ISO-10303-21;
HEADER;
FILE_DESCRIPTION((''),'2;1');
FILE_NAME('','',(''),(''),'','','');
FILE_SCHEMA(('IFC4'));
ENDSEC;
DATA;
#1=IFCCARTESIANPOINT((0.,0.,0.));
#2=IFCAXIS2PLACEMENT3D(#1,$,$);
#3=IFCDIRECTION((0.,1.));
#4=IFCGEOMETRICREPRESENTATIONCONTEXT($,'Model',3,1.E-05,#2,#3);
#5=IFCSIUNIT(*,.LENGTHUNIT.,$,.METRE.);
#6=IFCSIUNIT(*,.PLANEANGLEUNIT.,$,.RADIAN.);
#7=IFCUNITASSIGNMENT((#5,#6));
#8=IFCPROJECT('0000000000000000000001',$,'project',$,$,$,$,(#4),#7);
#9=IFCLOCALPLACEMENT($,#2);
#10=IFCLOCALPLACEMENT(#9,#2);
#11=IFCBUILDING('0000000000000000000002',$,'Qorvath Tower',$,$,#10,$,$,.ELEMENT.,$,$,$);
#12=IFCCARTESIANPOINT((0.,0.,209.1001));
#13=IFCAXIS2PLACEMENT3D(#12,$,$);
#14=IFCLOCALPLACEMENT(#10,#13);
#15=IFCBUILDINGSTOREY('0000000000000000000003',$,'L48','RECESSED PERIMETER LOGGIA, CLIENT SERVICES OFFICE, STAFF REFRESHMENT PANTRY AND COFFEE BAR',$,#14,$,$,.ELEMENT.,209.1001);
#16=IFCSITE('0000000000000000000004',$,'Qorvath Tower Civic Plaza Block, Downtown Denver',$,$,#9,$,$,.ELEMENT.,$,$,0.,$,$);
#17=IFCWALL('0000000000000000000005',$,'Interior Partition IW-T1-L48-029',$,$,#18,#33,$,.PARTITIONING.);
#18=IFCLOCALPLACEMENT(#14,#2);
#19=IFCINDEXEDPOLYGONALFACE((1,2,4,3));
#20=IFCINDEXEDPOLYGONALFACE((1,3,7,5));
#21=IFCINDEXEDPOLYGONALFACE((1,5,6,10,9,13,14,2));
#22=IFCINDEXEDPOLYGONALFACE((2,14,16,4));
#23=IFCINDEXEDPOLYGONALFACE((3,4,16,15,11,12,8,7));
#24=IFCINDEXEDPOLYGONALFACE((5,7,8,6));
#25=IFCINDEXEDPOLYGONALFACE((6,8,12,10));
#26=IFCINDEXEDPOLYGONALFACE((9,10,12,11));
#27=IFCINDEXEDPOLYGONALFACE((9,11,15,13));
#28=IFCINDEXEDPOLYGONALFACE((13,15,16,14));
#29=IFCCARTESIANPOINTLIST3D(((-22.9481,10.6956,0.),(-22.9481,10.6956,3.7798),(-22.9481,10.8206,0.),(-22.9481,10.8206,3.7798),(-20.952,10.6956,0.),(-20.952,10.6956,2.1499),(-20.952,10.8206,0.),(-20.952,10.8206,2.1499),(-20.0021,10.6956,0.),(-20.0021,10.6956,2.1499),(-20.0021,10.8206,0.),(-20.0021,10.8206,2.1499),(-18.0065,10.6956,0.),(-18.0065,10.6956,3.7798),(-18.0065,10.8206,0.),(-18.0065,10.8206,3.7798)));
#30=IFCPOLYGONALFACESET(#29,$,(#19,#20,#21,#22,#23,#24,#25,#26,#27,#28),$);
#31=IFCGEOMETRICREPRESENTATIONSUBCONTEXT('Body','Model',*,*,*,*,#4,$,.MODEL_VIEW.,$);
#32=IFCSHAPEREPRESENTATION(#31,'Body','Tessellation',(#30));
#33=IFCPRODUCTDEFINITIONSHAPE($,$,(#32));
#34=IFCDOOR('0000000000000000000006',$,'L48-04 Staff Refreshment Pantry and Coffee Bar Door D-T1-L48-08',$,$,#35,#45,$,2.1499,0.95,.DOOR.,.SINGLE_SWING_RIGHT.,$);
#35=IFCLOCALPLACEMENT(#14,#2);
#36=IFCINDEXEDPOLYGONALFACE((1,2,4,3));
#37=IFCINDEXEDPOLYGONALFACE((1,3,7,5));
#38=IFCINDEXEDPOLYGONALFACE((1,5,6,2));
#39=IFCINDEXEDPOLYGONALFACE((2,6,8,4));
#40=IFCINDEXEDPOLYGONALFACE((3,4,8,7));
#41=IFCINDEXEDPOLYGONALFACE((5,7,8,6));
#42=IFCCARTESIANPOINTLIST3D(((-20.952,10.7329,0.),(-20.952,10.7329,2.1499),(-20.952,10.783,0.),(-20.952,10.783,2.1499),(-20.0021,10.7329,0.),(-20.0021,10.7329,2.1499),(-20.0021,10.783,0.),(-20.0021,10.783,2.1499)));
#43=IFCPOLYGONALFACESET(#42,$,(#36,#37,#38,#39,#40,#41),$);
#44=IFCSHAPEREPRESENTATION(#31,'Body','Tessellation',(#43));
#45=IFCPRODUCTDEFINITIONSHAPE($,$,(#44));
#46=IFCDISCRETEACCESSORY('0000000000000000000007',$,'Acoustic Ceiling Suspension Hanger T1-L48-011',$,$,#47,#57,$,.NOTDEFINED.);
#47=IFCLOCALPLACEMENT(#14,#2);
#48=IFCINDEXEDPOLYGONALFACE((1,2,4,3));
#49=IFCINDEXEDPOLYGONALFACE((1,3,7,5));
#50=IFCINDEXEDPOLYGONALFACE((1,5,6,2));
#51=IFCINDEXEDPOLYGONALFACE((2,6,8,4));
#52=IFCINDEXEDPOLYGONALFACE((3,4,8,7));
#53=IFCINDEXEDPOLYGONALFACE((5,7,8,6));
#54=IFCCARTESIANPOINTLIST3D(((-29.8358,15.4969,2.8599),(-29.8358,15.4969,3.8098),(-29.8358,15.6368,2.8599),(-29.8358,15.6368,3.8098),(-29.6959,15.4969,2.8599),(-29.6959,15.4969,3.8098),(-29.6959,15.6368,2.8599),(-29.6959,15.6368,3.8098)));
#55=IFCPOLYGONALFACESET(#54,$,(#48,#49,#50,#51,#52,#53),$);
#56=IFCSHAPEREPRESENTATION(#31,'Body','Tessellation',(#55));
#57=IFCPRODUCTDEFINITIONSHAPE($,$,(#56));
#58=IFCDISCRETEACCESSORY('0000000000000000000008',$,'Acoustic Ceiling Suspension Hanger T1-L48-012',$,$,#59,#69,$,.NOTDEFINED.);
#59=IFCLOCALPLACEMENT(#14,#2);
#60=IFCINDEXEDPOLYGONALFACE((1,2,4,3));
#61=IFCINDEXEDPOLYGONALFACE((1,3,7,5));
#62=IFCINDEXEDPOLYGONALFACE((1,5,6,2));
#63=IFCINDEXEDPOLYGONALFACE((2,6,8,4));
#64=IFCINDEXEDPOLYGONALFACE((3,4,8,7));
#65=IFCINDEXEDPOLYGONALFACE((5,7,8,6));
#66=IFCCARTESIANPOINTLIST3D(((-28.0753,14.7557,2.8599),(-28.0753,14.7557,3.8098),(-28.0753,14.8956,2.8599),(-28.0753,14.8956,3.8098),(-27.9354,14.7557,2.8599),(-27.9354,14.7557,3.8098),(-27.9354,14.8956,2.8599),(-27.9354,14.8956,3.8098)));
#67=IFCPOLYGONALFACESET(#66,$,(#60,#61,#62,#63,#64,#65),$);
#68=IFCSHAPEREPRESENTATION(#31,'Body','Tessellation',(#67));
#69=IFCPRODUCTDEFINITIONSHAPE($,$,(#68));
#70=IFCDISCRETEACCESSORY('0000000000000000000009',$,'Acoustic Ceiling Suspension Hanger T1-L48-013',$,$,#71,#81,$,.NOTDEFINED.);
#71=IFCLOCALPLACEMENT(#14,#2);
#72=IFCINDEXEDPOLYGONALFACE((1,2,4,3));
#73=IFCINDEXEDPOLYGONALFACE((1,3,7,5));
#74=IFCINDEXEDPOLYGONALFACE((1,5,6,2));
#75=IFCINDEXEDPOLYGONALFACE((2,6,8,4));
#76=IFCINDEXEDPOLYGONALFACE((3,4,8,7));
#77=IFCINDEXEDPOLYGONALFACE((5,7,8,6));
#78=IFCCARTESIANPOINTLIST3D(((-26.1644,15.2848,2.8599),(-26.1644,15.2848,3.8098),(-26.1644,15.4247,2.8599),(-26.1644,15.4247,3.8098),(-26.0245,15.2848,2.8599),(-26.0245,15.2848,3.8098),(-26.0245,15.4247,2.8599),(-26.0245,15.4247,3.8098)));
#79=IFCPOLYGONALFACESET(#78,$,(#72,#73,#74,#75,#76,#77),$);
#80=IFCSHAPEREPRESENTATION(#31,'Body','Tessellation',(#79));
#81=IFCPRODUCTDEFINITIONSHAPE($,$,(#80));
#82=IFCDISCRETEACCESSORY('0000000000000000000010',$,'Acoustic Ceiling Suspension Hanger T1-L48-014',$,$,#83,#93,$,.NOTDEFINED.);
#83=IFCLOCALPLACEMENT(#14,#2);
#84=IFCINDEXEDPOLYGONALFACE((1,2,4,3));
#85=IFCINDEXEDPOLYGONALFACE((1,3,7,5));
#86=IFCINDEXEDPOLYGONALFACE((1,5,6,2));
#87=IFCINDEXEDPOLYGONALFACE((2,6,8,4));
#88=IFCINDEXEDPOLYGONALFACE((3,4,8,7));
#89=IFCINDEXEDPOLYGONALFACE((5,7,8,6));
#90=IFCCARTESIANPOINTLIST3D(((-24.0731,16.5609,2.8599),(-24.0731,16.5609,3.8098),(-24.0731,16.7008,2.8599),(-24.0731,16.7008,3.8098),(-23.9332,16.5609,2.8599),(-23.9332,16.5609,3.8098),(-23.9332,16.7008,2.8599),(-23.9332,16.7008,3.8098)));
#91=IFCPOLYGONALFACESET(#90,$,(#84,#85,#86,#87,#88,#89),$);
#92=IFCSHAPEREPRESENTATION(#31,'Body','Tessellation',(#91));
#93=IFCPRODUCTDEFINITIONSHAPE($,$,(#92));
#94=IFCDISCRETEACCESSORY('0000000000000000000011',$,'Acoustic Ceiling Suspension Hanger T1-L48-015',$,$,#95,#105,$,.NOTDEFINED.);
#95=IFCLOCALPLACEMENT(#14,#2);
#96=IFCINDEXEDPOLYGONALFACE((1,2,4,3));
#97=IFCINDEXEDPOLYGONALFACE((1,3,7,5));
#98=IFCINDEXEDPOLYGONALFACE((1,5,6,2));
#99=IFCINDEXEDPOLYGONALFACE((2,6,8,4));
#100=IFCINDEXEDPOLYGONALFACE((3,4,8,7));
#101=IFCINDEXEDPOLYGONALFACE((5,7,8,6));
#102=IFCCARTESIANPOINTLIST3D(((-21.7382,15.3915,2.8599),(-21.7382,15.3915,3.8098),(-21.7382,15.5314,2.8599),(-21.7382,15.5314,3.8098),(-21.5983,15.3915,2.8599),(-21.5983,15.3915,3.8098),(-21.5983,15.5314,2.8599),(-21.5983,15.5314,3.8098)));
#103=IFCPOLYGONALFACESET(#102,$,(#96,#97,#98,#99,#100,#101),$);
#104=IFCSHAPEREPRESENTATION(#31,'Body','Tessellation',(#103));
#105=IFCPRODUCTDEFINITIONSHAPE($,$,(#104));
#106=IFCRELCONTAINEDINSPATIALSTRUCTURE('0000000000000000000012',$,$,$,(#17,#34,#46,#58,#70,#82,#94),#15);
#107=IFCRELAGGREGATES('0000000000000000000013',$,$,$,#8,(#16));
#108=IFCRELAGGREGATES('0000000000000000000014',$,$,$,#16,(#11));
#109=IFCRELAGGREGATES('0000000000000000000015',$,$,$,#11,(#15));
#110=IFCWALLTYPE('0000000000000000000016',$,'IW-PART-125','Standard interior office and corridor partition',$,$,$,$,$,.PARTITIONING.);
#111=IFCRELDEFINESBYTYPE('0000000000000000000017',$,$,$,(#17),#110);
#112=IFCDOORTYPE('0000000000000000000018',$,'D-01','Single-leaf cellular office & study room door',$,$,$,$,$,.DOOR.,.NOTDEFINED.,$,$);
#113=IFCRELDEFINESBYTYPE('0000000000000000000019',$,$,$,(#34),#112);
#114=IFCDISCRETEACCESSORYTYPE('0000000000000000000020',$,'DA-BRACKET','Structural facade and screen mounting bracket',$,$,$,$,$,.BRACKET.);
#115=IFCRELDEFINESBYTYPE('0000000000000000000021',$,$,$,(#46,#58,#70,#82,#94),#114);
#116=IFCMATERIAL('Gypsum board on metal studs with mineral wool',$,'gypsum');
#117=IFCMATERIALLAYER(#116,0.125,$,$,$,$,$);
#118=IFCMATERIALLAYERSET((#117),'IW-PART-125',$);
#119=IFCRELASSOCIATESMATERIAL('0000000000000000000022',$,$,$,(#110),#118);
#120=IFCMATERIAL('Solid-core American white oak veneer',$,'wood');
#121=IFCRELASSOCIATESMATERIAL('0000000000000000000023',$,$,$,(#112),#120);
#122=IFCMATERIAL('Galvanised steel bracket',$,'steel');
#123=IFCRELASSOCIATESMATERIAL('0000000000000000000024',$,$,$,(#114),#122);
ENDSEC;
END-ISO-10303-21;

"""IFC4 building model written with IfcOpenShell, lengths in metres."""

from ifc_helpers import new_model, si_unit, direction, frame, frame_2d, origin, origin_2d, place, context, subcontext, project, spatial, rectangle, extrude, material, layer, layer_set, type_object, element, fill, save


model = new_model("IFC4")

# Units and contexts
model_context = context("Model", 3, precision=1e-05, world=origin(), true_north=direction((0.0, 1.0)))
body_context = subcontext(model_context, "Body", "Model", "MODEL_VIEW")
ifc_project = project(units=[si_unit("LENGTHUNIT", "METRE"), si_unit("PLANEANGLEUNIT", "RADIAN")], contexts=[model_context])

# Site, building, storey
site_placement = place(None, origin())
site = spatial("IfcSite", under=ifc_project, at=site_placement, Name="Qorvath Tower Civic Plaza Block, Downtown Denver", CompositionType="ELEMENT", RefElevation=0.0)
building_placement = place(site_placement, origin())
building = spatial("IfcBuilding", under=site, at=building_placement, Name="Qorvath Tower", CompositionType="ELEMENT")
storey_placement = place(building_placement, frame((0.0, 0.0, 209.1001)))
storey = spatial("IfcBuildingStorey", under=building, at=storey_placement, Name="L48", Description="RECESSED PERIMETER LOGGIA, CLIENT SERVICES OFFICE, STAFF REFRESHMENT PANTRY AND COFFEE BAR", CompositionType="ELEMENT", Elevation=209.1001)

# Shared definitions
ifc_material_1 = material(Name="Gypsum board on metal studs with mineral wool", Category="gypsum")
ifc_layer_1 = layer(ifc_material_1, 0.125)
ifc_layer_set_1 = layer_set([ifc_layer_1], Name="IW-PART-125")
wall_type_1 = type_object("IfcWallType", Name="IW-PART-125", Description="Standard interior office and corridor partition", PredefinedType="PARTITIONING", material=ifc_layer_set_1)
ifc_material_2 = material(Name="Solid-core American white oak veneer", Category="wood")
door_type_1 = type_object("IfcDoorType", Name="D-01", Description="Single-leaf cellular office & study room door", OperationType="NOTDEFINED", PredefinedType="DOOR", material=ifc_material_2)

# Wall, opening, door
wall_1_placement = place(storey_placement, frame((-22.948, 10.7581, 0.0), z_axis=(0.0, 0.0, 1.0), x_axis=(1.0, 0.0, 0.0)))
wall_1 = element("IfcWall", 1, at=wall_1_placement, inside=storey, type_object=wall_type_1, Name="Interior Partition IW-T1-L48-029", PredefinedType="PARTITIONING", context=body_context, shape_type="SweptSolid", body=[
    extrude(rectangle(XDim=4.9417, YDim=0.125, at=frame_2d((2.4707, 0.0))), origin(), (0.0, 0.0, 1.0), 3.7798),
])
opening_1_placement = place(wall_1_placement, frame((1.9958, 0.0, 0.0)))
opening_1 = element("IfcOpeningElement", 2, at=opening_1_placement, cuts=wall_1, PredefinedType="OPENING", context=body_context, shape_type="SweptSolid", body=[
    extrude(rectangle(XDim=0.95, YDim=2.1499, at=frame_2d((0.4751, 1.075))), frame((0.0, 0.0725, 0.0), z_axis=(0.0, -1.0, 0.0), x_axis=(1.0, 0.0, 0.0)), (0.0, 0.0, 1.0), 0.145),
])
door_1_placement = place(opening_1_placement, origin())
door_1 = element("IfcDoor", 3, at=door_1_placement, inside=storey, type_object=door_type_1, Name="L48-04 Staff Refreshment Pantry and Coffee Bar Door D-T1-L48-08", OperationType="SINGLE_SWING_RIGHT", OverallHeight=2.1499, OverallWidth=0.95, PredefinedType="DOOR", context=body_context, shape_type="SweptSolid", body=[
    extrude(rectangle(XDim=0.95, YDim=2.1499, at=frame_2d((0.4751, 1.075))), frame((0.0, 0.0249, 0.0), z_axis=(0.0, -1.0, 0.0), x_axis=(1.0, 0.0, 0.0)), (0.0, 0.0, 1.0), 0.05),
])
fill(opening_1, door_1)

# Discrete accessories
ifc_material_3 = material(Name="Galvanised steel bracket", Category="steel")
discrete_accessory_type = type_object("IfcDiscreteAccessoryType", Name="DA-BRACKET", Description="Structural facade and screen mounting bracket", PredefinedType="BRACKET", material=ifc_material_3)
for number, where, z_axis, x_axis, name in (
    (4, (-29.7659, 15.5669, 2.8599), (0.0, 0.0, 1.0), (1.0, 0.0, 0.0), "Acoustic Ceiling Suspension Hanger T1-L48-011"),
    (5, (-28.0054, 14.8257, 2.8599), (0.0, 0.0, 1.0), (1.0, 0.0, 0.0), "Acoustic Ceiling Suspension Hanger T1-L48-012"),
    (6, (-26.0945, 15.3547, 2.8599), (0.0, 0.0, 1.0), (1.0, 0.0, 0.0), "Acoustic Ceiling Suspension Hanger T1-L48-013"),
    (7, (-24.0032, 16.6309, 2.8599), (0.0, 0.0, 1.0), (1.0, 0.0, 0.0), "Acoustic Ceiling Suspension Hanger T1-L48-014"),
    (8, (-21.6682, 15.4614, 2.8599), (0.0, 0.0, 1.0), (1.0, 0.0, 0.0), "Acoustic Ceiling Suspension Hanger T1-L48-015"),
):
    element("IfcDiscreteAccessory", number, at=place(storey_placement, frame(where, z_axis=z_axis, x_axis=x_axis)), inside=storey, type_object=discrete_accessory_type, Name=name, PredefinedType="NOTDEFINED", context=body_context, shape_type="SweptSolid", body=[
        extrude(rectangle(XDim=0.1399, YDim=0.1399, at=origin_2d()), origin(), (0.0, 0.0, 1.0), 0.95),
    ])

save(model, "model.ifc")
